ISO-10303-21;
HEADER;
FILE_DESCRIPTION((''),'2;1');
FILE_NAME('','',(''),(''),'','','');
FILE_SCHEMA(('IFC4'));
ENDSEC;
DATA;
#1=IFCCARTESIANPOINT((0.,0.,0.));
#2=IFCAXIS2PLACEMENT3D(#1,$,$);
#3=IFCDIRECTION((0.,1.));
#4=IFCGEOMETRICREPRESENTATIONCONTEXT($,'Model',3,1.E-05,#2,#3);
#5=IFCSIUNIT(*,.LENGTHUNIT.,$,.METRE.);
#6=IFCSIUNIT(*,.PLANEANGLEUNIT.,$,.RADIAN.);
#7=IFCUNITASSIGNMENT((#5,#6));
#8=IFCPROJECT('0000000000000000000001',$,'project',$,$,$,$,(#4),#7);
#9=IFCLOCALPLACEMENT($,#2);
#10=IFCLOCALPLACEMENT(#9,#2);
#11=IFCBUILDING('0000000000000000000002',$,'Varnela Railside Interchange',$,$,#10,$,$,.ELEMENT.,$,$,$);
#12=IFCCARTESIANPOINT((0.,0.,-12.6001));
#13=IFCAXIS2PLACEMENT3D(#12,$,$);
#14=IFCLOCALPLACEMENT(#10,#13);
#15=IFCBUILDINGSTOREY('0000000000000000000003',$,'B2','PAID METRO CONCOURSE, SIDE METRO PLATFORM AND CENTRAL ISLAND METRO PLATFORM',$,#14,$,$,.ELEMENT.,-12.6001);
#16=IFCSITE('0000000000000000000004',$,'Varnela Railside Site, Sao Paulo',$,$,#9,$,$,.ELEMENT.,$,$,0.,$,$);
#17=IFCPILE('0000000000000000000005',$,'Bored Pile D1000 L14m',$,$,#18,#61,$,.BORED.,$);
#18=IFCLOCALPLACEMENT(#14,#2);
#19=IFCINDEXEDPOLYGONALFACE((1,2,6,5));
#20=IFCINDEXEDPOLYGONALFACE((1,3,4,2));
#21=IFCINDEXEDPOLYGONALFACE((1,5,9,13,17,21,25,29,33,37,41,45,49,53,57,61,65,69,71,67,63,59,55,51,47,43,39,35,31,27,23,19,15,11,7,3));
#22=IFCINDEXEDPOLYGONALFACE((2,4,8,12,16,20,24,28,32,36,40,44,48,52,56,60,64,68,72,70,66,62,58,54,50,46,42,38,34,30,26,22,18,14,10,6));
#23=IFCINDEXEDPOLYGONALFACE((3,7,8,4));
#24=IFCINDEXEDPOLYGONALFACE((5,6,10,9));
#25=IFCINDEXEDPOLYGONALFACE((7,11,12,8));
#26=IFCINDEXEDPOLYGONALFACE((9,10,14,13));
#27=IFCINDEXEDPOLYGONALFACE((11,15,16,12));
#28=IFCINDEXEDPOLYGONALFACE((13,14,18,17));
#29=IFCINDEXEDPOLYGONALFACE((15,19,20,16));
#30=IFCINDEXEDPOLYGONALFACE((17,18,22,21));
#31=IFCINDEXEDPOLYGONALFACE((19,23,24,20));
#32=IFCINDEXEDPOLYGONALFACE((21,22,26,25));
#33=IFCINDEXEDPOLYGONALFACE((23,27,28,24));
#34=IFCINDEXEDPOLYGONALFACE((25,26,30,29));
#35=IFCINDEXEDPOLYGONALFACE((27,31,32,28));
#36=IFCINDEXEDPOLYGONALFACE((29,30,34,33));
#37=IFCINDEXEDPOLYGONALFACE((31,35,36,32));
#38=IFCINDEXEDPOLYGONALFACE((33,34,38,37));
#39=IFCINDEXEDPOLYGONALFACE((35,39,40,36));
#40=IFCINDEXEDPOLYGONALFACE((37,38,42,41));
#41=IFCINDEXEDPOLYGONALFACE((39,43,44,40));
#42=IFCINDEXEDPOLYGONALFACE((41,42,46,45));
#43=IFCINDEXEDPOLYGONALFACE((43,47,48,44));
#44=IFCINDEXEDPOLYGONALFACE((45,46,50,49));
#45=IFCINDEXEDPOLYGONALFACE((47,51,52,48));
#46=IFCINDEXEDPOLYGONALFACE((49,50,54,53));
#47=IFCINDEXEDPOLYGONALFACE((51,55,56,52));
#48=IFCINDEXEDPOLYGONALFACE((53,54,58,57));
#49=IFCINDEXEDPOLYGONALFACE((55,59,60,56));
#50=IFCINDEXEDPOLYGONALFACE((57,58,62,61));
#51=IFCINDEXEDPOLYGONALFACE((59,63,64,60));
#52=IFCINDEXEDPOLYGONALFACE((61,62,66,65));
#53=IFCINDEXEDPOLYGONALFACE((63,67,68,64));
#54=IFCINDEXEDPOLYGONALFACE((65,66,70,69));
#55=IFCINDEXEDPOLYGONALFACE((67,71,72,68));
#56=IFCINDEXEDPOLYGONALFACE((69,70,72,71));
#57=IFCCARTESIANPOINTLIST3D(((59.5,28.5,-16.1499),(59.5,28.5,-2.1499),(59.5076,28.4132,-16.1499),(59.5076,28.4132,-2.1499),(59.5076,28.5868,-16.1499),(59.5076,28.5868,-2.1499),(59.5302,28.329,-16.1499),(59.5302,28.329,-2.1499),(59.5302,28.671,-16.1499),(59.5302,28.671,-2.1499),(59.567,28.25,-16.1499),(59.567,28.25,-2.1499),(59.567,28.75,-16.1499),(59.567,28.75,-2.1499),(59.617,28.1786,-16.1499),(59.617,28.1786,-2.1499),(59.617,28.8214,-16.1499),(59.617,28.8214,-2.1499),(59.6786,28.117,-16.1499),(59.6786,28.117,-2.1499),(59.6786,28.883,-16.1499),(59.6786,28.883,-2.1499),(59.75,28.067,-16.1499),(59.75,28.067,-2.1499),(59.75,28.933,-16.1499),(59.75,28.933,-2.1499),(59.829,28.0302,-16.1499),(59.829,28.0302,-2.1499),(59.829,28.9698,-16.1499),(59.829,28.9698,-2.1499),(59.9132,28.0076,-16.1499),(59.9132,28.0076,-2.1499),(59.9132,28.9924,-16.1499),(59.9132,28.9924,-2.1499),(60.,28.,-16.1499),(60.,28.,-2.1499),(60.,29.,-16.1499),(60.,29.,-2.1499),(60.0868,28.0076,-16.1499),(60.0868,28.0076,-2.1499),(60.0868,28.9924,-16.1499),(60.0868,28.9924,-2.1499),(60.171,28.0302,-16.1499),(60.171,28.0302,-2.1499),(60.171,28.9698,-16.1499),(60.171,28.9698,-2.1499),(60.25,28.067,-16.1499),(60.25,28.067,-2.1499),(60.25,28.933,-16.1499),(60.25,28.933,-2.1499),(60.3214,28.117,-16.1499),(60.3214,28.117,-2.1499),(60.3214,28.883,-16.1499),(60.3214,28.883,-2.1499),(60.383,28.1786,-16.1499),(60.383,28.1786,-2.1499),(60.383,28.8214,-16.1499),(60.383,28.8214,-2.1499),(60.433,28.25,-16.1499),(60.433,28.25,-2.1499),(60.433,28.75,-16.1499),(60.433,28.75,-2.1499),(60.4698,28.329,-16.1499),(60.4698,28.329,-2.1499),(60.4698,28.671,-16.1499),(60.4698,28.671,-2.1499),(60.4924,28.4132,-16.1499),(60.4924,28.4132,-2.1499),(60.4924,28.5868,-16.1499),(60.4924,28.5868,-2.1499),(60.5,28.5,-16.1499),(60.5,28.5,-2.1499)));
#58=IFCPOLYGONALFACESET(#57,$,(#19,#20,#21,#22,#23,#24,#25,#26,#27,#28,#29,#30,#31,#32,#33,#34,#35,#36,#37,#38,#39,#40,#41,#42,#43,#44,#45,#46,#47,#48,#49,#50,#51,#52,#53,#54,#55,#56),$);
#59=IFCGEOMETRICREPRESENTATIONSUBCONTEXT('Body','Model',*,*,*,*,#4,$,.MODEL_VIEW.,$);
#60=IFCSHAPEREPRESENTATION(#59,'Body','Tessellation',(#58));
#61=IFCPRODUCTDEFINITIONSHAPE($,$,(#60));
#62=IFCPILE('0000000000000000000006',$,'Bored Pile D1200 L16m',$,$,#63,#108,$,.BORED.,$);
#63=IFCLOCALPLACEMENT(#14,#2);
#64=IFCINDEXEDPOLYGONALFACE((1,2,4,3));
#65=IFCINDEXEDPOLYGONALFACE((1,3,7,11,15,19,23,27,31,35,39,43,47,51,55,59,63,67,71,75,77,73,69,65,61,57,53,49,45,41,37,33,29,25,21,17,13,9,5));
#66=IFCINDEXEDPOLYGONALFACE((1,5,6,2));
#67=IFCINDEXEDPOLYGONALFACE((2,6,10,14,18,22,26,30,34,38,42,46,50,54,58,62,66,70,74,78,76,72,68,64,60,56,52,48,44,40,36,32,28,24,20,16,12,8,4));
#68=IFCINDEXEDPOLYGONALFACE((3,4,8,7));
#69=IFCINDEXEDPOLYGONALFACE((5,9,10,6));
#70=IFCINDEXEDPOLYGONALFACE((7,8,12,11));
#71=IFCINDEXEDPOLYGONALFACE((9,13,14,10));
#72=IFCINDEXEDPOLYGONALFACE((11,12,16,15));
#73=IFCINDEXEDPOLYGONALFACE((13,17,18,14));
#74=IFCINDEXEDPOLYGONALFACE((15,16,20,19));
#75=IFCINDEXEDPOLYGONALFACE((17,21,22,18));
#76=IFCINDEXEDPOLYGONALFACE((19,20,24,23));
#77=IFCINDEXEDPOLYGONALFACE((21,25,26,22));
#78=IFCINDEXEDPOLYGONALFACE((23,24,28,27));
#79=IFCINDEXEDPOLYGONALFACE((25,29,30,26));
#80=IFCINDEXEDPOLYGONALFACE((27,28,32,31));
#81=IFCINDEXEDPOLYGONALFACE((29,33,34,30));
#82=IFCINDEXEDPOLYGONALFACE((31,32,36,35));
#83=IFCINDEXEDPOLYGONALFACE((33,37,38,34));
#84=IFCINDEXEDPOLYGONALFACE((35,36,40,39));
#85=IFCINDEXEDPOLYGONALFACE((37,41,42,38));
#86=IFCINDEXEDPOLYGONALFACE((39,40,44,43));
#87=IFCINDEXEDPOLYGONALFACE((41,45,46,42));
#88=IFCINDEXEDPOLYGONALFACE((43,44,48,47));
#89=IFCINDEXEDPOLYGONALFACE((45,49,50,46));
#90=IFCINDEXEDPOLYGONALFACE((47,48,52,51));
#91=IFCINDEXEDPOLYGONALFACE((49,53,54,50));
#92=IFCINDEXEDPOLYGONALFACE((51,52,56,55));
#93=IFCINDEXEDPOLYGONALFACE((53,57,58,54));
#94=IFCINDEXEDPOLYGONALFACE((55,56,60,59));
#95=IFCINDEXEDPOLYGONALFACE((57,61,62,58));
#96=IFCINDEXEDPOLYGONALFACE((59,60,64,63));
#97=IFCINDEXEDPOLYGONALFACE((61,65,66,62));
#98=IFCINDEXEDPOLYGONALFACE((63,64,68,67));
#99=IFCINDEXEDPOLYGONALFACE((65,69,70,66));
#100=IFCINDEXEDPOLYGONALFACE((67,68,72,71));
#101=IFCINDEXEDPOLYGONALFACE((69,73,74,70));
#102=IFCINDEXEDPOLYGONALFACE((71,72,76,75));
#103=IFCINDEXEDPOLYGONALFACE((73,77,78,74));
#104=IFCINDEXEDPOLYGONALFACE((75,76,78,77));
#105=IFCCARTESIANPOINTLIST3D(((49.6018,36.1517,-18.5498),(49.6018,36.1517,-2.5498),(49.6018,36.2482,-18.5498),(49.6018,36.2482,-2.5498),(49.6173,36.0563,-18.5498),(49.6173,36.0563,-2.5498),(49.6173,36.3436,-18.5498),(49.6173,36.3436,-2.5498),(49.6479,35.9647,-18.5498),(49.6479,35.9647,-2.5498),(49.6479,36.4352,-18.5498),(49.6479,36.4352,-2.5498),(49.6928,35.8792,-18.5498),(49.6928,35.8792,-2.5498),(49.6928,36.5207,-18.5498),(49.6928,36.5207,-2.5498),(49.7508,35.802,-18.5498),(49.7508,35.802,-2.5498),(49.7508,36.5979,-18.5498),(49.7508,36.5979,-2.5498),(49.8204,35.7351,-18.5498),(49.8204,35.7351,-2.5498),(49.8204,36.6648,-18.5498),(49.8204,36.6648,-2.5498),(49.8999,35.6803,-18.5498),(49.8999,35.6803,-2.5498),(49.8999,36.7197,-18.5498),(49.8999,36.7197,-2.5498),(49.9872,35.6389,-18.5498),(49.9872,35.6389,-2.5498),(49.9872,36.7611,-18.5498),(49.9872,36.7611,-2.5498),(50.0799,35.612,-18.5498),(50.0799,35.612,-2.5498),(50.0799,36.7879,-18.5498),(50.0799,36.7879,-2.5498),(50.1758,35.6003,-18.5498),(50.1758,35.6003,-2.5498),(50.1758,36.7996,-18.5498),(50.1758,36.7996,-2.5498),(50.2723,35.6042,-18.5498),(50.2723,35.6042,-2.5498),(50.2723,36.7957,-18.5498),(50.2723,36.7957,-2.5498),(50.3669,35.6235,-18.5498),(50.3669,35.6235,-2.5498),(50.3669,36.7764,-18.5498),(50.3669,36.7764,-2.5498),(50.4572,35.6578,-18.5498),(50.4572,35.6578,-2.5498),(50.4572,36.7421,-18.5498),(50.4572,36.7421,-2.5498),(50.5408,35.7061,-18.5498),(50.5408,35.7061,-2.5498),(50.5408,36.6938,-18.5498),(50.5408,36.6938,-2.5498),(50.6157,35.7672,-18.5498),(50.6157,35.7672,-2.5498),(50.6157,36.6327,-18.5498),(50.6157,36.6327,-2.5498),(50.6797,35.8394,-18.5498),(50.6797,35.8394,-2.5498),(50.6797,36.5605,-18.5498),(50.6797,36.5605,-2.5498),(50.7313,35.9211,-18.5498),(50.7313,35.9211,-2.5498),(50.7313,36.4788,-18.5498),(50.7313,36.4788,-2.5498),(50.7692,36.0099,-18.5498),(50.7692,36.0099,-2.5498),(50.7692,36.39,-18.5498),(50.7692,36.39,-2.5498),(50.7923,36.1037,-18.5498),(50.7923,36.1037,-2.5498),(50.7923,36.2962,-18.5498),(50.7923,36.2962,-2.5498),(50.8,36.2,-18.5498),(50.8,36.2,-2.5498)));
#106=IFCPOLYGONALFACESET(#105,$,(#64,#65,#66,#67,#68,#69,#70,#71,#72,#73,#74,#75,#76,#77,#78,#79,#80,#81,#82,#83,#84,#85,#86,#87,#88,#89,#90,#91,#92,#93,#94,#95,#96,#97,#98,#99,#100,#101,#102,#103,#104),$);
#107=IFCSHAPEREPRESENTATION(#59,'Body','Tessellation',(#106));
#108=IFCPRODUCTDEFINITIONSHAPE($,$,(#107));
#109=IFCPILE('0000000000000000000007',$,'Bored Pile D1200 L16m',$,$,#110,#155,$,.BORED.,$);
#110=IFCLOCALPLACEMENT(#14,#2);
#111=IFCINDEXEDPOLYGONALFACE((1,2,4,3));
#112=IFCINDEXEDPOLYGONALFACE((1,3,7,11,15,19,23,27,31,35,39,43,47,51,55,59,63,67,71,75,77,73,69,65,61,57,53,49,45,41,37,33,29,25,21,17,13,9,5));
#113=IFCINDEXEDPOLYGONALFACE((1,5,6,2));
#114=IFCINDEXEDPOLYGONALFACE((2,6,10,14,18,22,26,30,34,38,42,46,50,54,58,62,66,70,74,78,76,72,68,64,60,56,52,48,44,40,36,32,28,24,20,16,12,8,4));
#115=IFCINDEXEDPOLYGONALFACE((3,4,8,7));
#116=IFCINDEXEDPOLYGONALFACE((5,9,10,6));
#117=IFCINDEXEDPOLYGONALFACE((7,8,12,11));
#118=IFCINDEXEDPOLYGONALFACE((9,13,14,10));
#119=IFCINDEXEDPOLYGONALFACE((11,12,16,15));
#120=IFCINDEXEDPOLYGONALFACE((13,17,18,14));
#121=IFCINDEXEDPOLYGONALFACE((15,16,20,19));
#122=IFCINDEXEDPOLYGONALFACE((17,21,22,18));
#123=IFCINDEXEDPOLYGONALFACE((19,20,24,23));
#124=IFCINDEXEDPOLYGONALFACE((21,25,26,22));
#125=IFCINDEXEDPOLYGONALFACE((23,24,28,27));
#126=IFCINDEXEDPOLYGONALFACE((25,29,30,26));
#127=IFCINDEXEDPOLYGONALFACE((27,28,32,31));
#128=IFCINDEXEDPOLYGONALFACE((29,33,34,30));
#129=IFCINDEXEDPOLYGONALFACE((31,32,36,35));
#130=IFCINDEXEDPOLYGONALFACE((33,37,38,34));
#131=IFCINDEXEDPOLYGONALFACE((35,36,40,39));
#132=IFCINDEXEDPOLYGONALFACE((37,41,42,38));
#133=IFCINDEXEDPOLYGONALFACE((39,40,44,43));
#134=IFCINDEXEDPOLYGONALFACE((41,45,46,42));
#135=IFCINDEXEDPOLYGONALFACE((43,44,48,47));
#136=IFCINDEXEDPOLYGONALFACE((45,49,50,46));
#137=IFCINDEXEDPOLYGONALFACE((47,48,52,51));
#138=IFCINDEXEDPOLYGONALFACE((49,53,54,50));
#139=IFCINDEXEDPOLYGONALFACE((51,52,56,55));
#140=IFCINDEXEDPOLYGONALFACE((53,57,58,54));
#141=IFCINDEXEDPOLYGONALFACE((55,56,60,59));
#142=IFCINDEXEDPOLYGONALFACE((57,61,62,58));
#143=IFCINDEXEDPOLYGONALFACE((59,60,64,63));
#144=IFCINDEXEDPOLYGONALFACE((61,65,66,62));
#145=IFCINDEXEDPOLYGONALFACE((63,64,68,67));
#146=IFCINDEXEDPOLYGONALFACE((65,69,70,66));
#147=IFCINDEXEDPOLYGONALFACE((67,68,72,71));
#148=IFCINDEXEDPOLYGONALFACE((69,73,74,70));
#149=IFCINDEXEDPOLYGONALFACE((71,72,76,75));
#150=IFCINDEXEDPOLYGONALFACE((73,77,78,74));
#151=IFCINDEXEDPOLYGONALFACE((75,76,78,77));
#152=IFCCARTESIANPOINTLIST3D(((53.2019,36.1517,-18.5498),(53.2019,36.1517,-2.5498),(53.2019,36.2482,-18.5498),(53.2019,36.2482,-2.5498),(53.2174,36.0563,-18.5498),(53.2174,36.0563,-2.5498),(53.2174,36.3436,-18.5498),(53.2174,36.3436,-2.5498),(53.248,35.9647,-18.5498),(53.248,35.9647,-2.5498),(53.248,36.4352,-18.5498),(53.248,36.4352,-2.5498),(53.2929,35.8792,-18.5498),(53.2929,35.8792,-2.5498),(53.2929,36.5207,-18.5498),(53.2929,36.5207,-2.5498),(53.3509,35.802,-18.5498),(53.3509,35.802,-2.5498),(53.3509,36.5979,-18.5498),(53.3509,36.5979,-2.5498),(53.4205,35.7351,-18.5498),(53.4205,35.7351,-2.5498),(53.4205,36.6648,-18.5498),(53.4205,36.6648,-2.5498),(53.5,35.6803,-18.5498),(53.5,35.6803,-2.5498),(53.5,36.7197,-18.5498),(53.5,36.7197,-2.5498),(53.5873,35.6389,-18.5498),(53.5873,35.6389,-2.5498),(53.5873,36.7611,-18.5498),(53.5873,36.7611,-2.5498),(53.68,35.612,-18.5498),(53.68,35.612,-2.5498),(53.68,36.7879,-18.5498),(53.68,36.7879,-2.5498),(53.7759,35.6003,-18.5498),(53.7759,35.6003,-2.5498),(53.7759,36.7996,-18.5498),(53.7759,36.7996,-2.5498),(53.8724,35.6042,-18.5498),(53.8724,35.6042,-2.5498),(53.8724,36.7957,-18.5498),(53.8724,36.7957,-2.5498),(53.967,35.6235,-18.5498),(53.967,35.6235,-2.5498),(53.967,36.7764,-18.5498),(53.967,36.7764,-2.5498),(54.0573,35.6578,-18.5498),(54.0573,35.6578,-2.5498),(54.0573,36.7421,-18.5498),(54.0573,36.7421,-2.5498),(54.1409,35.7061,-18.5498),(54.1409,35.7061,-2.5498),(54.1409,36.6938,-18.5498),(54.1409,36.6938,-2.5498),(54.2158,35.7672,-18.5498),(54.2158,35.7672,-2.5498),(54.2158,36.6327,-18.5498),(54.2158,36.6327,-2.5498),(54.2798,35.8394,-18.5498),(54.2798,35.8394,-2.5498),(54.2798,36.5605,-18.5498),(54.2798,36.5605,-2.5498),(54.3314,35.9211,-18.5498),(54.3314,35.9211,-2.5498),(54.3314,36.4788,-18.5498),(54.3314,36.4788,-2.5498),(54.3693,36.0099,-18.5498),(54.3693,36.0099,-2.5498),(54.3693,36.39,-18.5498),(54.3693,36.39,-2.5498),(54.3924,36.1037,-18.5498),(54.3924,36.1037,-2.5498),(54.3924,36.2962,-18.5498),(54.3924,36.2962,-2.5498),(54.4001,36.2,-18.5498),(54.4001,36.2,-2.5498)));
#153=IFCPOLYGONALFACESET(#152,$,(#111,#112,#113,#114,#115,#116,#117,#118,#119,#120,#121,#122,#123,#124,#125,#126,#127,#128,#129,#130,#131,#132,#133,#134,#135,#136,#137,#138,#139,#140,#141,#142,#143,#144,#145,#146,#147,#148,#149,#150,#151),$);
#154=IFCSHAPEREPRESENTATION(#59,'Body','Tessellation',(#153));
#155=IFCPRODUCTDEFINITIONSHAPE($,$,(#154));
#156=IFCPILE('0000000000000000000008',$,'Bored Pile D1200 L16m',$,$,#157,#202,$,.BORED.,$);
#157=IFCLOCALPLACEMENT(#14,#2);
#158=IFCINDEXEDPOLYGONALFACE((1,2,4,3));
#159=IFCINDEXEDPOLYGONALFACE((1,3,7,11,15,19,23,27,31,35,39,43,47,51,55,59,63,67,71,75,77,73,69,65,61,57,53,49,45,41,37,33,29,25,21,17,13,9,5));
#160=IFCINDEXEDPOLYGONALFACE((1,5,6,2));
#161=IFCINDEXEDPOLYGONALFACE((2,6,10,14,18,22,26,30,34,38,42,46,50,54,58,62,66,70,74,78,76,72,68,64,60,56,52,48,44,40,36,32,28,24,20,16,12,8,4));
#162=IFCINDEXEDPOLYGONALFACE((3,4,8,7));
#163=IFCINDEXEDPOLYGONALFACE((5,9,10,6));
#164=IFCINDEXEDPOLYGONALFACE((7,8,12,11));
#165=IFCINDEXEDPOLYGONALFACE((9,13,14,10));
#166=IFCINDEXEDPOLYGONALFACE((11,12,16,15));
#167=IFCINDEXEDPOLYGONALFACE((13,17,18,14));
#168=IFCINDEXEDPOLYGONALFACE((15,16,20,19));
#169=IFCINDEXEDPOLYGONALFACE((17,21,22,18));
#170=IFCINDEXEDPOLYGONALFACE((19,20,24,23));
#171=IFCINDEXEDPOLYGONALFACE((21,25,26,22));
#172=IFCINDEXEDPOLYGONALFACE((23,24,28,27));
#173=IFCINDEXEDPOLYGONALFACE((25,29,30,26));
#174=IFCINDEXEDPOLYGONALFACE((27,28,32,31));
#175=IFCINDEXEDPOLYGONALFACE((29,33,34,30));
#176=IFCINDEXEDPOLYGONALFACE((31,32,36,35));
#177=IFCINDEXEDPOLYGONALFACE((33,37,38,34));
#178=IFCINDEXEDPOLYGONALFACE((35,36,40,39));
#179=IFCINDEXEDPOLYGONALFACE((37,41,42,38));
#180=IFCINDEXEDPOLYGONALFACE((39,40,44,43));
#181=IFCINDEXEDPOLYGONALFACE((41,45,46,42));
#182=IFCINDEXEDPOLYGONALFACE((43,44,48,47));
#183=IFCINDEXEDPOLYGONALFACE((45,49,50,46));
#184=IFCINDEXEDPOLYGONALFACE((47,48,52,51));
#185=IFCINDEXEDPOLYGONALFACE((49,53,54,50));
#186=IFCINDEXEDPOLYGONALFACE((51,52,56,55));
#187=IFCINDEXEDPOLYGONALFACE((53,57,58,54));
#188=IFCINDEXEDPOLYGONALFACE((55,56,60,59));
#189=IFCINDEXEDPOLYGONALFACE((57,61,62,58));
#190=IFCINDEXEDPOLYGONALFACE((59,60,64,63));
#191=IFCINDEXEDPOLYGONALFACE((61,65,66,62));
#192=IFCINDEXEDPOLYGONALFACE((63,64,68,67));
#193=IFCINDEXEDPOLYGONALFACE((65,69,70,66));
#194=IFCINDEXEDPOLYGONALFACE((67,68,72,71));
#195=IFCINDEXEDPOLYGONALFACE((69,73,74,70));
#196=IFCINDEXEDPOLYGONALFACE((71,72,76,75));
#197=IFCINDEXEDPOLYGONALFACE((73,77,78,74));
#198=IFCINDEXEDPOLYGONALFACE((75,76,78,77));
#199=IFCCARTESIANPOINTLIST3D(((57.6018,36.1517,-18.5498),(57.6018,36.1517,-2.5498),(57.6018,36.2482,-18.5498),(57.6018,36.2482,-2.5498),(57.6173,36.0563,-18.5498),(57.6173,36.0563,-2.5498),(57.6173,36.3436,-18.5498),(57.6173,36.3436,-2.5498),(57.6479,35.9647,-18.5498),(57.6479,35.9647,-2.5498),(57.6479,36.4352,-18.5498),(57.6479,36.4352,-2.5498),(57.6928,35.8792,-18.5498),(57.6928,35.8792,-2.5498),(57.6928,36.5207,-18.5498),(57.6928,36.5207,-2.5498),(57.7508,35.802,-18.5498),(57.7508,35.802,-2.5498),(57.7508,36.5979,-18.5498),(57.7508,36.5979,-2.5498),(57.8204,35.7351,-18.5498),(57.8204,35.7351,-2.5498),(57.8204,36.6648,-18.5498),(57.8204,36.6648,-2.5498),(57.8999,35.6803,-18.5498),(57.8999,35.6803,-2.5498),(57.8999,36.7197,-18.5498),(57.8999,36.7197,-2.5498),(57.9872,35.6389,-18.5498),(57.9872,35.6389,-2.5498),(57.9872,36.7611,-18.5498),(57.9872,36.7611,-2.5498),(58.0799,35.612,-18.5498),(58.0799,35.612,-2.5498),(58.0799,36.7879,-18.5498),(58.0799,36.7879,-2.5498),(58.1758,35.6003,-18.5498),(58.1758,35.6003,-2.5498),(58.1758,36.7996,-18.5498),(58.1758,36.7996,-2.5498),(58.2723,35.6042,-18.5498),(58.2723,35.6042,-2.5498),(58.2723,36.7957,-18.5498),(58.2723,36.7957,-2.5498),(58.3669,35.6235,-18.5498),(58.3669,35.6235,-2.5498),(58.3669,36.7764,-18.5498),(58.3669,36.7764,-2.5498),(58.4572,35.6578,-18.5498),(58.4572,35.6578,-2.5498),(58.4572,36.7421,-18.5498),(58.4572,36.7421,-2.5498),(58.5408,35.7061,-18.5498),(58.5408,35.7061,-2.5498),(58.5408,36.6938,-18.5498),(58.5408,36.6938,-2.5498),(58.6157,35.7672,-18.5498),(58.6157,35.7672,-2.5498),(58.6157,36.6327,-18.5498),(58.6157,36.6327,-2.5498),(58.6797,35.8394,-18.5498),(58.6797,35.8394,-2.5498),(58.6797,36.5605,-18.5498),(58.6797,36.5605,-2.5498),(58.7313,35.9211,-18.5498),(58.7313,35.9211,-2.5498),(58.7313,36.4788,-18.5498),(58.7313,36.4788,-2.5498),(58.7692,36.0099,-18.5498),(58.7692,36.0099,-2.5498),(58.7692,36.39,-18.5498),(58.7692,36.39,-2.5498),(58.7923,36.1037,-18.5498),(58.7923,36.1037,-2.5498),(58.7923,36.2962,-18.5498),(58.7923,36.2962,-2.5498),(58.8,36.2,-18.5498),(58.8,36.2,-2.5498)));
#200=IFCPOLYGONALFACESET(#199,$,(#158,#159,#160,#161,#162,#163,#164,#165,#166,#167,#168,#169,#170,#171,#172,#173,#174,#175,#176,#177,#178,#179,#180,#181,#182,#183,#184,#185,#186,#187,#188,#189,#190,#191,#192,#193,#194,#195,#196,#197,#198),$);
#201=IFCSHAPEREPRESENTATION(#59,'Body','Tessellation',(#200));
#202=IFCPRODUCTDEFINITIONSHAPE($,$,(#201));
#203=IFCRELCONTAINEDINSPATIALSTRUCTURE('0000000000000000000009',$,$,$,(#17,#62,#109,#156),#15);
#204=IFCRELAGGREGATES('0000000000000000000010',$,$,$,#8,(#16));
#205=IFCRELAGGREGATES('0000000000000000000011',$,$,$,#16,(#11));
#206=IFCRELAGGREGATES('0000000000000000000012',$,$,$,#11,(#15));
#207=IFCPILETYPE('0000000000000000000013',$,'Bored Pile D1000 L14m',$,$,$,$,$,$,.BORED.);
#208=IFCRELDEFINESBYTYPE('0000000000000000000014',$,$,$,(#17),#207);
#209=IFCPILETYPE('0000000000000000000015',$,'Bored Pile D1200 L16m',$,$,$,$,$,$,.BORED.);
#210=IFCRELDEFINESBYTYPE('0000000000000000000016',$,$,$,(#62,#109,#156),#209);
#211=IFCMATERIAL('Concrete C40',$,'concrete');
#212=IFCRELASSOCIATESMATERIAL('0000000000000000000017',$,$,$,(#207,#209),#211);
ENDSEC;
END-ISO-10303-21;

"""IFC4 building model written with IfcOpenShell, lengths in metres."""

from ifc_helpers import new_model, si_unit, direction, frame, origin, origin_2d, place, context, subcontext, project, spatial, circle, extrude, material, material_profile, profile_set, type_object, element, save


model = new_model("IFC4")

# Units and contexts
model_context = context("Model", 3, precision=1e-05, world=origin(), true_north=direction((0.0, 1.0)))
body_context = subcontext(model_context, "Body", "Model", "MODEL_VIEW")
ifc_project = project(units=[si_unit("LENGTHUNIT", "METRE"), si_unit("PLANEANGLEUNIT", "RADIAN")], contexts=[model_context])

# Site, building, storey
site_placement = place(None, origin())
site = spatial("IfcSite", under=ifc_project, at=site_placement, Name="Varnela Railside Site, Sao Paulo", CompositionType="ELEMENT", RefElevation=0.0)
building_placement = place(site_placement, origin())
building = spatial("IfcBuilding", under=site, at=building_placement, Name="Varnela Railside Interchange", CompositionType="ELEMENT")
storey_placement = place(building_placement, frame((0.0, 0.0, -12.6001)))
storey = spatial("IfcBuildingStorey", under=building, at=storey_placement, Name="B2", Description="PAID METRO CONCOURSE, SIDE METRO PLATFORM AND CENTRAL ISLAND METRO PLATFORM", CompositionType="ELEMENT", Elevation=-12.6001)

# Piles
ifc_material_1 = material(Name="Concrete C40", Category="concrete")
ifc_material_profile_1 = material_profile(ifc_material_1, circle(Radius=0.5, at=origin_2d()), Name="BORED PILE D1000")
ifc_profile_set_1 = profile_set([ifc_material_profile_1], Name="Concrete C40")
pile_type_1 = type_object("IfcPileType", Name="Bored Pile D1000 L14m", PredefinedType="BORED", material=ifc_profile_set_1)
for number, where, z_axis, x_axis, name in (
    (1, (60.0, 28.5, -2.1499), (0.0, 0.0, -1.0), (1.0, 0.0, 0.0), "Bored Pile D1000 L14m"),
):
    element("IfcPile", number, at=place(storey_placement, frame(where, z_axis=z_axis, x_axis=x_axis)), inside=storey, type_object=pile_type_1, Name=name, PredefinedType="BORED", context=body_context, shape_type="SweptSolid", body=[
        extrude(circle(Radius=0.5, at=origin_2d()), origin(), (0.0, 0.0, 1.0), 14.0),
    ])
ifc_material_profile_2 = material_profile(ifc_material_1, circle(Radius=0.6001, at=origin_2d()), Name="BORED PILE D1200")
ifc_profile_set_2 = profile_set([ifc_material_profile_2], Name="Concrete C40")
pile_type_2 = type_object("IfcPileType", Name="Bored Pile D1200 L16m", PredefinedType="BORED", material=ifc_profile_set_2)
for number, where, z_axis, x_axis, name in (
    (2, (50.2, 36.2, -2.5498), (0.0, 0.0, -1.0), (1.0, 0.0, 0.0), "Bored Pile D1200 L16m"),
    (3, (53.8, 36.2, -2.5498), (0.0, 0.0, -1.0), (1.0, 0.0, 0.0), "Bored Pile D1200 L16m"),
    (4, (58.2, 36.2, -2.5498), (0.0, 0.0, -1.0), (1.0, 0.0, 0.0), "Bored Pile D1200 L16m"),
):
    element("IfcPile", number, at=place(storey_placement, frame(where, z_axis=z_axis, x_axis=x_axis)), inside=storey, type_object=pile_type_2, Name=name, PredefinedType="BORED", context=body_context, shape_type="SweptSolid", body=[
        extrude(circle(Radius=0.6001, at=origin_2d()), origin(), (0.0, 0.0, 1.0), 16.0),
    ])

save(model, "model.ifc")
